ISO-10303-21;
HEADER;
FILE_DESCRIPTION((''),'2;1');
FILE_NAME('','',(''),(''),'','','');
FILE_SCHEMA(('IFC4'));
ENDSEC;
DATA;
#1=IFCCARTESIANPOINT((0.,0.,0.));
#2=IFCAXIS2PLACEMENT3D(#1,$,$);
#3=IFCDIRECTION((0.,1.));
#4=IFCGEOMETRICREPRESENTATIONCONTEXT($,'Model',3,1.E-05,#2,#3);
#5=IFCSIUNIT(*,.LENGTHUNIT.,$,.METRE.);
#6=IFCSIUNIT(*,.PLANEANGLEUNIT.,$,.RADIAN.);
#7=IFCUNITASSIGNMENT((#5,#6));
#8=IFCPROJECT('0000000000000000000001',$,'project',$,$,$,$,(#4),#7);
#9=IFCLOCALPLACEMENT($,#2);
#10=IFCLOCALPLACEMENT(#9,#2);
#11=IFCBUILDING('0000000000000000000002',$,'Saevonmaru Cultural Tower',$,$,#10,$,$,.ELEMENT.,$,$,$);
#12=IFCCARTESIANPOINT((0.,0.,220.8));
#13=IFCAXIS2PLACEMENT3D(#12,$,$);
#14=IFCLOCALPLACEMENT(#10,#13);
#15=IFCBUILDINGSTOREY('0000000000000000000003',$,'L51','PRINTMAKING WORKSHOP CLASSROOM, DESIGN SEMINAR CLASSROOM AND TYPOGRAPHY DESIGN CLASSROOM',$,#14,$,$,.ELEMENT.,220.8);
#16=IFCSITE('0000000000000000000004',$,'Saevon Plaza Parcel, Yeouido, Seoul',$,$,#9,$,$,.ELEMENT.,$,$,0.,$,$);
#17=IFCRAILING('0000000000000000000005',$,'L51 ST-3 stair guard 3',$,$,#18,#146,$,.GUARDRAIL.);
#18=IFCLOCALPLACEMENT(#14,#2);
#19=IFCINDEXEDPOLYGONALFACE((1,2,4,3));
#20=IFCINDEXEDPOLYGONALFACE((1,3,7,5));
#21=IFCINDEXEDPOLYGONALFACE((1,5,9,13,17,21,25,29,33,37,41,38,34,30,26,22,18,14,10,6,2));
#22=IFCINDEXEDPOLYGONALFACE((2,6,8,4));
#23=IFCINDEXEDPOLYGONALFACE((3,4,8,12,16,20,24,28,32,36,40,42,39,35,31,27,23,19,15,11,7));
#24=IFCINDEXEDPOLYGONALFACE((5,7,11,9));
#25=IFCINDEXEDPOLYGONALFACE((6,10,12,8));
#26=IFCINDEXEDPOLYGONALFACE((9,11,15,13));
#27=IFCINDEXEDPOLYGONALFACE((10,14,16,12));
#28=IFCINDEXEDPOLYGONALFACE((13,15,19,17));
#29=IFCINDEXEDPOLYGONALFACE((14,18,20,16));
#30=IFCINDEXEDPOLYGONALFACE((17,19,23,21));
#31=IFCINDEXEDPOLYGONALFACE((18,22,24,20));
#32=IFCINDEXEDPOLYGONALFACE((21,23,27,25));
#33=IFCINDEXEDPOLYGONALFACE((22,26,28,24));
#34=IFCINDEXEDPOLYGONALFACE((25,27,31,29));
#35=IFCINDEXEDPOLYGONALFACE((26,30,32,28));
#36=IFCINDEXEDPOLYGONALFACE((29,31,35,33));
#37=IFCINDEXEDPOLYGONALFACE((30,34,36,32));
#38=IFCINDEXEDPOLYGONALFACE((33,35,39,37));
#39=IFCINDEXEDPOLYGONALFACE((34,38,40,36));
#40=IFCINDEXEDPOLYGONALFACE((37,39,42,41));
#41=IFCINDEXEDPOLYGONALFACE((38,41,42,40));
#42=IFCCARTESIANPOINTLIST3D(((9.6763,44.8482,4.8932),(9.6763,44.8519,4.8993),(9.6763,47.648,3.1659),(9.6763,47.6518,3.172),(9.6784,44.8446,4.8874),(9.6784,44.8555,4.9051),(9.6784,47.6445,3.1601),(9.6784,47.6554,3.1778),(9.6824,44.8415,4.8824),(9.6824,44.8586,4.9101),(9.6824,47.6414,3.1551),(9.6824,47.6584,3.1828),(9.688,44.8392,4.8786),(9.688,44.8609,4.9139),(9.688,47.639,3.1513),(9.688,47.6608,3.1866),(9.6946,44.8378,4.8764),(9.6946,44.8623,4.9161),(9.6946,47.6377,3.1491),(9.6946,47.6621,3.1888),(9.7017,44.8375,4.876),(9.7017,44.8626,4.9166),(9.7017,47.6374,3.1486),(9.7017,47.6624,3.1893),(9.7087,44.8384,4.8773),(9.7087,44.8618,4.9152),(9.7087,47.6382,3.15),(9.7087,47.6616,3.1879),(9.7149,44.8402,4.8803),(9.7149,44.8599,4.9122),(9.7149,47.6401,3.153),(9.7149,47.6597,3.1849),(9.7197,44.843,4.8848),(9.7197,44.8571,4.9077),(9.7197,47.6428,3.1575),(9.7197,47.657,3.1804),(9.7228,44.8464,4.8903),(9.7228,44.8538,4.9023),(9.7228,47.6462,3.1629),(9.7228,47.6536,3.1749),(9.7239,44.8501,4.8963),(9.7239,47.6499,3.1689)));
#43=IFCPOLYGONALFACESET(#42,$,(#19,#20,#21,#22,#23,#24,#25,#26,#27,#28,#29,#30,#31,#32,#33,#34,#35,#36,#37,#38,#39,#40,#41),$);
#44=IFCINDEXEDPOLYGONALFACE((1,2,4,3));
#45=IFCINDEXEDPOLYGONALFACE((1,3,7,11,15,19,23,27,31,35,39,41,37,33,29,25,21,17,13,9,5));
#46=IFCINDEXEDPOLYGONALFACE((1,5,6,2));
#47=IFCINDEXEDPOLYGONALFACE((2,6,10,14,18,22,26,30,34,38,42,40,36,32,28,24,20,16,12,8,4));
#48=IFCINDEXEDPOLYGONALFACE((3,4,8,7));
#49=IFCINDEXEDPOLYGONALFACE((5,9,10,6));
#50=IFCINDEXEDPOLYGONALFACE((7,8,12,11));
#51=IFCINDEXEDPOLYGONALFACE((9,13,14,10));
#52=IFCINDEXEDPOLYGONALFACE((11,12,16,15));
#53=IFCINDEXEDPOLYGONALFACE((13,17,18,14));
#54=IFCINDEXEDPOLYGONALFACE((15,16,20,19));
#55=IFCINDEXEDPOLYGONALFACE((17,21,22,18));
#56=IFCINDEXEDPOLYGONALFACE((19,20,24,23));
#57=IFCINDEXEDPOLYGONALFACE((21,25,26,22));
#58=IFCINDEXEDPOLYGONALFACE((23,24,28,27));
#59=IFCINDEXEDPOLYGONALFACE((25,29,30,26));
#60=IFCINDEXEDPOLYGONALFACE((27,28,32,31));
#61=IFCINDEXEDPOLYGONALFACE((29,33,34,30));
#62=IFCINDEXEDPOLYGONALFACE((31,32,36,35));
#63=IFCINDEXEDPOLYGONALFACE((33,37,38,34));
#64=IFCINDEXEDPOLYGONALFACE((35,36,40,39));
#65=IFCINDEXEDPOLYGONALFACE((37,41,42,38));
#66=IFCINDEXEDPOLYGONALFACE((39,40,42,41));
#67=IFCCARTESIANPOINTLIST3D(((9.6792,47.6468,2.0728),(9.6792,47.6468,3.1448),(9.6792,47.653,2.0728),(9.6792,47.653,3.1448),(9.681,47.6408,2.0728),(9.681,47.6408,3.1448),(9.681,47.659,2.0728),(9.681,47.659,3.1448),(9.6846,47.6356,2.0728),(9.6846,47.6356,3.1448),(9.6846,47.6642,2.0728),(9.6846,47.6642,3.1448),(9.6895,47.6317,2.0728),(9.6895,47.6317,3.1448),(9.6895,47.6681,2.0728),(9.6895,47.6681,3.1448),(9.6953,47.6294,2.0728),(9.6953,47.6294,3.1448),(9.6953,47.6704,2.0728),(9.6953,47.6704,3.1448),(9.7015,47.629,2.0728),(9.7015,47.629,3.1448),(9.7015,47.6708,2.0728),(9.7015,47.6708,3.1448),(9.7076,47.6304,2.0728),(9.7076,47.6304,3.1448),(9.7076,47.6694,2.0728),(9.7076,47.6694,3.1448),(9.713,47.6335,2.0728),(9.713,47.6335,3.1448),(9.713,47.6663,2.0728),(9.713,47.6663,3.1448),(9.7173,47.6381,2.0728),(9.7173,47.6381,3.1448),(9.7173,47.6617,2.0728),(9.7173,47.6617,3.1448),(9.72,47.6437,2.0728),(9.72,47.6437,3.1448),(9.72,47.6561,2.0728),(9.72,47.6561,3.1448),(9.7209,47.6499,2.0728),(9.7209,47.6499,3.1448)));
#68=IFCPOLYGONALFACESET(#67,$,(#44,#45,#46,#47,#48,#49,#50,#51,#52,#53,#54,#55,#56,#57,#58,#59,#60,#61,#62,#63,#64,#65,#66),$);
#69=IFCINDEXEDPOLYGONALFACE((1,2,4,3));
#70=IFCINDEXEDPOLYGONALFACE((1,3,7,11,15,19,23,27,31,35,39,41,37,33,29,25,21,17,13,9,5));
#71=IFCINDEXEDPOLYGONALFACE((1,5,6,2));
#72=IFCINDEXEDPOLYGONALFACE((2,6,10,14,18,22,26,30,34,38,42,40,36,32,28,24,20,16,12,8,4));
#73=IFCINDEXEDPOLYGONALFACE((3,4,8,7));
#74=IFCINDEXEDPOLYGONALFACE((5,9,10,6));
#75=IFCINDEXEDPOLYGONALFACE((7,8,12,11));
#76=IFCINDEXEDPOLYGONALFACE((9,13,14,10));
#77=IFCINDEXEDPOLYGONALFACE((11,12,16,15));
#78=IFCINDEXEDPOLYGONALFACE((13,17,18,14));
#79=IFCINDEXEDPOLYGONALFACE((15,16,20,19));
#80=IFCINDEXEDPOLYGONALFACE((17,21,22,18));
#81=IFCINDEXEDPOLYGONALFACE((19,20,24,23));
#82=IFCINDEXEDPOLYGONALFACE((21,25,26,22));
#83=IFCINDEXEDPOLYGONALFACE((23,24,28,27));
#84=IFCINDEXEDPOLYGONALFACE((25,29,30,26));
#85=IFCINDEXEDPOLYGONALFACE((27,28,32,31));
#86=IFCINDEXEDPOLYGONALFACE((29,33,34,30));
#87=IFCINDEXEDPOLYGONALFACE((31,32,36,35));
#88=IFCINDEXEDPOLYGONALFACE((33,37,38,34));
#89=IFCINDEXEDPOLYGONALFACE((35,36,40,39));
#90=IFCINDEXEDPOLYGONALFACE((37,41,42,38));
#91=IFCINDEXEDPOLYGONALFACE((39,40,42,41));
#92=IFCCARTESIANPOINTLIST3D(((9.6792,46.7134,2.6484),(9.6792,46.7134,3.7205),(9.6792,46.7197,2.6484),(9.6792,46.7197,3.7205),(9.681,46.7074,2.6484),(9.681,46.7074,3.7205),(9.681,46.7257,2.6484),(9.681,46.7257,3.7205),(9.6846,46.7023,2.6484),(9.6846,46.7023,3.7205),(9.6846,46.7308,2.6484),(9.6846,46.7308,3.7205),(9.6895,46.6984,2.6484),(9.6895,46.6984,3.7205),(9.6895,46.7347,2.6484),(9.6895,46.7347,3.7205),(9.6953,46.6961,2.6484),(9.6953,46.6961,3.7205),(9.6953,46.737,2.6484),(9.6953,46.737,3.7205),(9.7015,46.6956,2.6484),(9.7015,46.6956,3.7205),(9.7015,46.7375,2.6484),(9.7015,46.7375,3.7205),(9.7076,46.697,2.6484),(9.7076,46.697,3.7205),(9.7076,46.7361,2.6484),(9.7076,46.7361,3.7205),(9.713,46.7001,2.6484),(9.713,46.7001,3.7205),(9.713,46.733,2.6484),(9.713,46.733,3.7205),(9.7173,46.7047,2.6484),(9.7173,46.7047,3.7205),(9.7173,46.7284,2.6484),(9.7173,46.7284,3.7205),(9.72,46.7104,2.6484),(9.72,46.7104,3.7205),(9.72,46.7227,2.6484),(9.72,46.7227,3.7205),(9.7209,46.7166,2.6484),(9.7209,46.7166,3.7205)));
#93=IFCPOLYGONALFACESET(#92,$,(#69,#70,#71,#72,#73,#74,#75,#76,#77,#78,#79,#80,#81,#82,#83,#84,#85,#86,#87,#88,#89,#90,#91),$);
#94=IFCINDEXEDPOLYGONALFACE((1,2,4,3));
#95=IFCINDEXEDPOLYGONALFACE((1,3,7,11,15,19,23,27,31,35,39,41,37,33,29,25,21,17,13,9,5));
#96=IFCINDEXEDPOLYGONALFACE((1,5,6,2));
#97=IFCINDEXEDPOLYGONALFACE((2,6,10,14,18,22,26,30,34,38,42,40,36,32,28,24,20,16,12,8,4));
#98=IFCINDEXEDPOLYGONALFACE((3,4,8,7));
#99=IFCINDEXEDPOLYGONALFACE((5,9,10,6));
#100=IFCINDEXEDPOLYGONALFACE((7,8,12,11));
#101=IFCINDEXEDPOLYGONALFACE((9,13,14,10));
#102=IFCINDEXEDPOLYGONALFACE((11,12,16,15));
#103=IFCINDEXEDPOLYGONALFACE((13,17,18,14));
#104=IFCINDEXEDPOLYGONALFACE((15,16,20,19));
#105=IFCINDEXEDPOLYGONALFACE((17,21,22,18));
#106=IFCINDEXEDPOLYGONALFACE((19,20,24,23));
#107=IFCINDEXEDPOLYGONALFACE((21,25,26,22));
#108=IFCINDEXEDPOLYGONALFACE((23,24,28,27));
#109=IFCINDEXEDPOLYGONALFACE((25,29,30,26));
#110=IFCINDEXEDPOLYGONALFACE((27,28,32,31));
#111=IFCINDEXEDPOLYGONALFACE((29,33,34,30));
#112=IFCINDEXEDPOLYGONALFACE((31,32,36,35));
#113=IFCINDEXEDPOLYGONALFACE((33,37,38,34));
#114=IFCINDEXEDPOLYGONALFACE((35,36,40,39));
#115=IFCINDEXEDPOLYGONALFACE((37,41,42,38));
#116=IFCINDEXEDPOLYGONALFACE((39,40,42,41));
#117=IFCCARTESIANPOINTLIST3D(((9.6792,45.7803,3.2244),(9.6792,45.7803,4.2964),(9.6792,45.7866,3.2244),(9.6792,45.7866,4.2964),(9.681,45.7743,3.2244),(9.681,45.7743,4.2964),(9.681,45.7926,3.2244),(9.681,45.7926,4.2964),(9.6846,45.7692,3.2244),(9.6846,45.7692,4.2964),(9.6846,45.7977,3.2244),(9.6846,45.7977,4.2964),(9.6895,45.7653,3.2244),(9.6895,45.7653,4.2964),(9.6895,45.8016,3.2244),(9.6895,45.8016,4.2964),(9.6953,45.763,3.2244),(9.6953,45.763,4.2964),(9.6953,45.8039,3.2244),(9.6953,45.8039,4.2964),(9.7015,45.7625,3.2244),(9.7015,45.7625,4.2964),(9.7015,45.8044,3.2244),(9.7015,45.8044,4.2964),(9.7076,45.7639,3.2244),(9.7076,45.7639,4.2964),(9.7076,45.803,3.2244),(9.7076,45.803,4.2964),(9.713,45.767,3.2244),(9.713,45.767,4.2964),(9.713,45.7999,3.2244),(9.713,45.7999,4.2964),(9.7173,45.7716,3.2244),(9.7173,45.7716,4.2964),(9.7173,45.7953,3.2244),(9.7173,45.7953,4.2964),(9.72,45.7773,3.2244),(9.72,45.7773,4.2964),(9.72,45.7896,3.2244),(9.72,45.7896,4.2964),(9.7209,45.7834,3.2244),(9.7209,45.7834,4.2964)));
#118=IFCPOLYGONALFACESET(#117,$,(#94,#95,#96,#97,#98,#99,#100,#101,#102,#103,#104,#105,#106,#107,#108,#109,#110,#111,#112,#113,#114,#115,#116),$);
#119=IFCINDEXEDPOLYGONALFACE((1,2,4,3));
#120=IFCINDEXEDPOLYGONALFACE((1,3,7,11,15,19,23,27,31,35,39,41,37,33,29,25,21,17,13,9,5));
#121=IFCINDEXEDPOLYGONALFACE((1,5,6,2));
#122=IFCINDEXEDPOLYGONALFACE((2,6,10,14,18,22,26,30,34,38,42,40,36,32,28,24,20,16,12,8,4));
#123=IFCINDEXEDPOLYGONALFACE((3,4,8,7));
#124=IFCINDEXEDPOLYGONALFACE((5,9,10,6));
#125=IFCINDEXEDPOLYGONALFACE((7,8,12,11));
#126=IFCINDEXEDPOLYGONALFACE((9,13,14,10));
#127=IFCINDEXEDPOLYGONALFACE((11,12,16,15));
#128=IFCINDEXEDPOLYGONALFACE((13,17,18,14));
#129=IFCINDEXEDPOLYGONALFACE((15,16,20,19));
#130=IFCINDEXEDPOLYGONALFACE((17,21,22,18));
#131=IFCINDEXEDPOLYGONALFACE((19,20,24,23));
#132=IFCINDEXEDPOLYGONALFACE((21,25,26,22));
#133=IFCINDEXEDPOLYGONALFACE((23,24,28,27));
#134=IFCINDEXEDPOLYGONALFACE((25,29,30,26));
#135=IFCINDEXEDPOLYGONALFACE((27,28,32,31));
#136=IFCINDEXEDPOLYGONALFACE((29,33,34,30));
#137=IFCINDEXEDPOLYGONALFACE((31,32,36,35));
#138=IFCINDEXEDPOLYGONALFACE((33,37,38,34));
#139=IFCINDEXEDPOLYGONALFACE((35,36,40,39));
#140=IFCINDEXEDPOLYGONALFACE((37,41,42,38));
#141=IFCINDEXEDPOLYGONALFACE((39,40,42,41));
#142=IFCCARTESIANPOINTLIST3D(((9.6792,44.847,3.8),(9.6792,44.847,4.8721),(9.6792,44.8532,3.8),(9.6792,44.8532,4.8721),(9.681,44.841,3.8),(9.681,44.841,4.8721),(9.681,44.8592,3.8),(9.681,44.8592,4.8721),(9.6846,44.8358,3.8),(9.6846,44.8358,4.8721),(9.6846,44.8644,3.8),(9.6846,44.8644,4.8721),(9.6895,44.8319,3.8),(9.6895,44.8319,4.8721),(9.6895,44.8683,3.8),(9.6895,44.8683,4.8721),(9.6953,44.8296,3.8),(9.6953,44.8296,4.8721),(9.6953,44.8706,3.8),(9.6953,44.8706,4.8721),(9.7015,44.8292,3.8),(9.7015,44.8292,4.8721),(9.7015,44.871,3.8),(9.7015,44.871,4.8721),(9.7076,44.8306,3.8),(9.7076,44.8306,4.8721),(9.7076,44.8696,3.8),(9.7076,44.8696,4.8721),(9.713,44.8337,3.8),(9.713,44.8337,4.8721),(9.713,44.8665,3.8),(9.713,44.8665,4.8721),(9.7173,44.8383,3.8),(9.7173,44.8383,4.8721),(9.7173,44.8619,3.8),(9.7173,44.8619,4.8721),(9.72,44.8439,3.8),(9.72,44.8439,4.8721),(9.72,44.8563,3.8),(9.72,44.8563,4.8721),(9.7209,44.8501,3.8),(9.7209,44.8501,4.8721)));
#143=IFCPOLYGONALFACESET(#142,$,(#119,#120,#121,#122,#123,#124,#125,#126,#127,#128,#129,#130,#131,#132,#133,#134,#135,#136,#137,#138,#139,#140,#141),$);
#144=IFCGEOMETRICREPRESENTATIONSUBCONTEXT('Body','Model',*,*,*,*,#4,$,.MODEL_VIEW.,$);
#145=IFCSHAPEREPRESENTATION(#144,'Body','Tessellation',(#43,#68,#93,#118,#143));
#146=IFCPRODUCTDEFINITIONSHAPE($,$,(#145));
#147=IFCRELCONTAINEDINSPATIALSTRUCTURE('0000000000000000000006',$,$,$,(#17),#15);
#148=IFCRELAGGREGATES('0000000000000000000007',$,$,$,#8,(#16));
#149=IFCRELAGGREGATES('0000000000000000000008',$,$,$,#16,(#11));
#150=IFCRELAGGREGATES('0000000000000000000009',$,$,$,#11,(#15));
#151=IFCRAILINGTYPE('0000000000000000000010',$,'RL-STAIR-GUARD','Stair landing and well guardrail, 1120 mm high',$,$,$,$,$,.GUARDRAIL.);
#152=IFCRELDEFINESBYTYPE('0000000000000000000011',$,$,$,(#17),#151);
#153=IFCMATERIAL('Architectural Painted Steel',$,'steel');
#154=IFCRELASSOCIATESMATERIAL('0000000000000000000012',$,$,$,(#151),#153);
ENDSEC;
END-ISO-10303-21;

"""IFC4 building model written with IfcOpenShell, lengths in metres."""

from ifc_helpers import new_model, si_unit, direction, frame, origin, origin_2d, place, context, subcontext, project, spatial, circle, extrude, material, type_object, element, save


model = new_model("IFC4")

# Units and contexts
model_context = context("Model", 3, precision=1e-05, world=origin(), true_north=direction((0.0, 1.0)))
body_context = subcontext(model_context, "Body", "Model", "MODEL_VIEW")
ifc_project = project(units=[si_unit("LENGTHUNIT", "METRE"), si_unit("PLANEANGLEUNIT", "RADIAN")], contexts=[model_context])

# Site, building, storey
site_placement = place(None, origin())
site = spatial("IfcSite", under=ifc_project, at=site_placement, Name="Saevon Plaza Parcel, Yeouido, Seoul", CompositionType="ELEMENT", RefElevation=0.0)
building_placement = place(site_placement, origin())
building = spatial("IfcBuilding", under=site, at=building_placement, Name="Saevonmaru Cultural Tower", CompositionType="ELEMENT")
storey_placement = place(building_placement, frame((0.0, 0.0, 220.8)))
storey = spatial("IfcBuildingStorey", under=building, at=storey_placement, Name="L51", Description="PRINTMAKING WORKSHOP CLASSROOM, DESIGN SEMINAR CLASSROOM AND TYPOGRAPHY DESIGN CLASSROOM", CompositionType="ELEMENT", Elevation=220.8)

# Railing
ifc_material_1 = material(Name="Architectural Painted Steel", Category="steel")
railing_type_1 = type_object("IfcRailingType", Name="RL-STAIR-GUARD", Description="Stair landing and well guardrail, 1120 mm high", PredefinedType="GUARDRAIL", material=ifc_material_1)
railing_1_placement = place(storey_placement, frame((9.7, 47.6499, 2.0728)))
element("IfcRailing", 1, at=railing_1_placement, inside=storey, type_object=railing_type_1, Name="L51 ST-3 stair guard 3", PredefinedType="GUARDRAIL", context=body_context, shape_type="SweptSolid", body=[
    extrude(circle(Radius=0.0239, at=origin_2d()), frame((0.0, 0.0, 1.0962), z_axis=(0.0, -0.851069, 0.525054), x_axis=(1.0, 0.0, 0.0)), (0.0, 0.0, 1.0), 3.2898),
    extrude(circle(Radius=0.021, at=origin_2d()), origin(), (0.0, 0.0, 1.0), 1.072),
    extrude(circle(Radius=0.021, at=origin_2d()), frame((0.0, -0.9333, 0.5757)), (0.0, 0.0, 1.0), 1.072),
    extrude(circle(Radius=0.021, at=origin_2d()), frame((0.0, -1.8665, 1.1516)), (0.0, 0.0, 1.0), 1.072),
    extrude(circle(Radius=0.021, at=origin_2d()), frame((0.0, -2.7998, 1.7273)), (0.0, 0.0, 1.0), 1.072),
])

save(model, "model.ifc")
